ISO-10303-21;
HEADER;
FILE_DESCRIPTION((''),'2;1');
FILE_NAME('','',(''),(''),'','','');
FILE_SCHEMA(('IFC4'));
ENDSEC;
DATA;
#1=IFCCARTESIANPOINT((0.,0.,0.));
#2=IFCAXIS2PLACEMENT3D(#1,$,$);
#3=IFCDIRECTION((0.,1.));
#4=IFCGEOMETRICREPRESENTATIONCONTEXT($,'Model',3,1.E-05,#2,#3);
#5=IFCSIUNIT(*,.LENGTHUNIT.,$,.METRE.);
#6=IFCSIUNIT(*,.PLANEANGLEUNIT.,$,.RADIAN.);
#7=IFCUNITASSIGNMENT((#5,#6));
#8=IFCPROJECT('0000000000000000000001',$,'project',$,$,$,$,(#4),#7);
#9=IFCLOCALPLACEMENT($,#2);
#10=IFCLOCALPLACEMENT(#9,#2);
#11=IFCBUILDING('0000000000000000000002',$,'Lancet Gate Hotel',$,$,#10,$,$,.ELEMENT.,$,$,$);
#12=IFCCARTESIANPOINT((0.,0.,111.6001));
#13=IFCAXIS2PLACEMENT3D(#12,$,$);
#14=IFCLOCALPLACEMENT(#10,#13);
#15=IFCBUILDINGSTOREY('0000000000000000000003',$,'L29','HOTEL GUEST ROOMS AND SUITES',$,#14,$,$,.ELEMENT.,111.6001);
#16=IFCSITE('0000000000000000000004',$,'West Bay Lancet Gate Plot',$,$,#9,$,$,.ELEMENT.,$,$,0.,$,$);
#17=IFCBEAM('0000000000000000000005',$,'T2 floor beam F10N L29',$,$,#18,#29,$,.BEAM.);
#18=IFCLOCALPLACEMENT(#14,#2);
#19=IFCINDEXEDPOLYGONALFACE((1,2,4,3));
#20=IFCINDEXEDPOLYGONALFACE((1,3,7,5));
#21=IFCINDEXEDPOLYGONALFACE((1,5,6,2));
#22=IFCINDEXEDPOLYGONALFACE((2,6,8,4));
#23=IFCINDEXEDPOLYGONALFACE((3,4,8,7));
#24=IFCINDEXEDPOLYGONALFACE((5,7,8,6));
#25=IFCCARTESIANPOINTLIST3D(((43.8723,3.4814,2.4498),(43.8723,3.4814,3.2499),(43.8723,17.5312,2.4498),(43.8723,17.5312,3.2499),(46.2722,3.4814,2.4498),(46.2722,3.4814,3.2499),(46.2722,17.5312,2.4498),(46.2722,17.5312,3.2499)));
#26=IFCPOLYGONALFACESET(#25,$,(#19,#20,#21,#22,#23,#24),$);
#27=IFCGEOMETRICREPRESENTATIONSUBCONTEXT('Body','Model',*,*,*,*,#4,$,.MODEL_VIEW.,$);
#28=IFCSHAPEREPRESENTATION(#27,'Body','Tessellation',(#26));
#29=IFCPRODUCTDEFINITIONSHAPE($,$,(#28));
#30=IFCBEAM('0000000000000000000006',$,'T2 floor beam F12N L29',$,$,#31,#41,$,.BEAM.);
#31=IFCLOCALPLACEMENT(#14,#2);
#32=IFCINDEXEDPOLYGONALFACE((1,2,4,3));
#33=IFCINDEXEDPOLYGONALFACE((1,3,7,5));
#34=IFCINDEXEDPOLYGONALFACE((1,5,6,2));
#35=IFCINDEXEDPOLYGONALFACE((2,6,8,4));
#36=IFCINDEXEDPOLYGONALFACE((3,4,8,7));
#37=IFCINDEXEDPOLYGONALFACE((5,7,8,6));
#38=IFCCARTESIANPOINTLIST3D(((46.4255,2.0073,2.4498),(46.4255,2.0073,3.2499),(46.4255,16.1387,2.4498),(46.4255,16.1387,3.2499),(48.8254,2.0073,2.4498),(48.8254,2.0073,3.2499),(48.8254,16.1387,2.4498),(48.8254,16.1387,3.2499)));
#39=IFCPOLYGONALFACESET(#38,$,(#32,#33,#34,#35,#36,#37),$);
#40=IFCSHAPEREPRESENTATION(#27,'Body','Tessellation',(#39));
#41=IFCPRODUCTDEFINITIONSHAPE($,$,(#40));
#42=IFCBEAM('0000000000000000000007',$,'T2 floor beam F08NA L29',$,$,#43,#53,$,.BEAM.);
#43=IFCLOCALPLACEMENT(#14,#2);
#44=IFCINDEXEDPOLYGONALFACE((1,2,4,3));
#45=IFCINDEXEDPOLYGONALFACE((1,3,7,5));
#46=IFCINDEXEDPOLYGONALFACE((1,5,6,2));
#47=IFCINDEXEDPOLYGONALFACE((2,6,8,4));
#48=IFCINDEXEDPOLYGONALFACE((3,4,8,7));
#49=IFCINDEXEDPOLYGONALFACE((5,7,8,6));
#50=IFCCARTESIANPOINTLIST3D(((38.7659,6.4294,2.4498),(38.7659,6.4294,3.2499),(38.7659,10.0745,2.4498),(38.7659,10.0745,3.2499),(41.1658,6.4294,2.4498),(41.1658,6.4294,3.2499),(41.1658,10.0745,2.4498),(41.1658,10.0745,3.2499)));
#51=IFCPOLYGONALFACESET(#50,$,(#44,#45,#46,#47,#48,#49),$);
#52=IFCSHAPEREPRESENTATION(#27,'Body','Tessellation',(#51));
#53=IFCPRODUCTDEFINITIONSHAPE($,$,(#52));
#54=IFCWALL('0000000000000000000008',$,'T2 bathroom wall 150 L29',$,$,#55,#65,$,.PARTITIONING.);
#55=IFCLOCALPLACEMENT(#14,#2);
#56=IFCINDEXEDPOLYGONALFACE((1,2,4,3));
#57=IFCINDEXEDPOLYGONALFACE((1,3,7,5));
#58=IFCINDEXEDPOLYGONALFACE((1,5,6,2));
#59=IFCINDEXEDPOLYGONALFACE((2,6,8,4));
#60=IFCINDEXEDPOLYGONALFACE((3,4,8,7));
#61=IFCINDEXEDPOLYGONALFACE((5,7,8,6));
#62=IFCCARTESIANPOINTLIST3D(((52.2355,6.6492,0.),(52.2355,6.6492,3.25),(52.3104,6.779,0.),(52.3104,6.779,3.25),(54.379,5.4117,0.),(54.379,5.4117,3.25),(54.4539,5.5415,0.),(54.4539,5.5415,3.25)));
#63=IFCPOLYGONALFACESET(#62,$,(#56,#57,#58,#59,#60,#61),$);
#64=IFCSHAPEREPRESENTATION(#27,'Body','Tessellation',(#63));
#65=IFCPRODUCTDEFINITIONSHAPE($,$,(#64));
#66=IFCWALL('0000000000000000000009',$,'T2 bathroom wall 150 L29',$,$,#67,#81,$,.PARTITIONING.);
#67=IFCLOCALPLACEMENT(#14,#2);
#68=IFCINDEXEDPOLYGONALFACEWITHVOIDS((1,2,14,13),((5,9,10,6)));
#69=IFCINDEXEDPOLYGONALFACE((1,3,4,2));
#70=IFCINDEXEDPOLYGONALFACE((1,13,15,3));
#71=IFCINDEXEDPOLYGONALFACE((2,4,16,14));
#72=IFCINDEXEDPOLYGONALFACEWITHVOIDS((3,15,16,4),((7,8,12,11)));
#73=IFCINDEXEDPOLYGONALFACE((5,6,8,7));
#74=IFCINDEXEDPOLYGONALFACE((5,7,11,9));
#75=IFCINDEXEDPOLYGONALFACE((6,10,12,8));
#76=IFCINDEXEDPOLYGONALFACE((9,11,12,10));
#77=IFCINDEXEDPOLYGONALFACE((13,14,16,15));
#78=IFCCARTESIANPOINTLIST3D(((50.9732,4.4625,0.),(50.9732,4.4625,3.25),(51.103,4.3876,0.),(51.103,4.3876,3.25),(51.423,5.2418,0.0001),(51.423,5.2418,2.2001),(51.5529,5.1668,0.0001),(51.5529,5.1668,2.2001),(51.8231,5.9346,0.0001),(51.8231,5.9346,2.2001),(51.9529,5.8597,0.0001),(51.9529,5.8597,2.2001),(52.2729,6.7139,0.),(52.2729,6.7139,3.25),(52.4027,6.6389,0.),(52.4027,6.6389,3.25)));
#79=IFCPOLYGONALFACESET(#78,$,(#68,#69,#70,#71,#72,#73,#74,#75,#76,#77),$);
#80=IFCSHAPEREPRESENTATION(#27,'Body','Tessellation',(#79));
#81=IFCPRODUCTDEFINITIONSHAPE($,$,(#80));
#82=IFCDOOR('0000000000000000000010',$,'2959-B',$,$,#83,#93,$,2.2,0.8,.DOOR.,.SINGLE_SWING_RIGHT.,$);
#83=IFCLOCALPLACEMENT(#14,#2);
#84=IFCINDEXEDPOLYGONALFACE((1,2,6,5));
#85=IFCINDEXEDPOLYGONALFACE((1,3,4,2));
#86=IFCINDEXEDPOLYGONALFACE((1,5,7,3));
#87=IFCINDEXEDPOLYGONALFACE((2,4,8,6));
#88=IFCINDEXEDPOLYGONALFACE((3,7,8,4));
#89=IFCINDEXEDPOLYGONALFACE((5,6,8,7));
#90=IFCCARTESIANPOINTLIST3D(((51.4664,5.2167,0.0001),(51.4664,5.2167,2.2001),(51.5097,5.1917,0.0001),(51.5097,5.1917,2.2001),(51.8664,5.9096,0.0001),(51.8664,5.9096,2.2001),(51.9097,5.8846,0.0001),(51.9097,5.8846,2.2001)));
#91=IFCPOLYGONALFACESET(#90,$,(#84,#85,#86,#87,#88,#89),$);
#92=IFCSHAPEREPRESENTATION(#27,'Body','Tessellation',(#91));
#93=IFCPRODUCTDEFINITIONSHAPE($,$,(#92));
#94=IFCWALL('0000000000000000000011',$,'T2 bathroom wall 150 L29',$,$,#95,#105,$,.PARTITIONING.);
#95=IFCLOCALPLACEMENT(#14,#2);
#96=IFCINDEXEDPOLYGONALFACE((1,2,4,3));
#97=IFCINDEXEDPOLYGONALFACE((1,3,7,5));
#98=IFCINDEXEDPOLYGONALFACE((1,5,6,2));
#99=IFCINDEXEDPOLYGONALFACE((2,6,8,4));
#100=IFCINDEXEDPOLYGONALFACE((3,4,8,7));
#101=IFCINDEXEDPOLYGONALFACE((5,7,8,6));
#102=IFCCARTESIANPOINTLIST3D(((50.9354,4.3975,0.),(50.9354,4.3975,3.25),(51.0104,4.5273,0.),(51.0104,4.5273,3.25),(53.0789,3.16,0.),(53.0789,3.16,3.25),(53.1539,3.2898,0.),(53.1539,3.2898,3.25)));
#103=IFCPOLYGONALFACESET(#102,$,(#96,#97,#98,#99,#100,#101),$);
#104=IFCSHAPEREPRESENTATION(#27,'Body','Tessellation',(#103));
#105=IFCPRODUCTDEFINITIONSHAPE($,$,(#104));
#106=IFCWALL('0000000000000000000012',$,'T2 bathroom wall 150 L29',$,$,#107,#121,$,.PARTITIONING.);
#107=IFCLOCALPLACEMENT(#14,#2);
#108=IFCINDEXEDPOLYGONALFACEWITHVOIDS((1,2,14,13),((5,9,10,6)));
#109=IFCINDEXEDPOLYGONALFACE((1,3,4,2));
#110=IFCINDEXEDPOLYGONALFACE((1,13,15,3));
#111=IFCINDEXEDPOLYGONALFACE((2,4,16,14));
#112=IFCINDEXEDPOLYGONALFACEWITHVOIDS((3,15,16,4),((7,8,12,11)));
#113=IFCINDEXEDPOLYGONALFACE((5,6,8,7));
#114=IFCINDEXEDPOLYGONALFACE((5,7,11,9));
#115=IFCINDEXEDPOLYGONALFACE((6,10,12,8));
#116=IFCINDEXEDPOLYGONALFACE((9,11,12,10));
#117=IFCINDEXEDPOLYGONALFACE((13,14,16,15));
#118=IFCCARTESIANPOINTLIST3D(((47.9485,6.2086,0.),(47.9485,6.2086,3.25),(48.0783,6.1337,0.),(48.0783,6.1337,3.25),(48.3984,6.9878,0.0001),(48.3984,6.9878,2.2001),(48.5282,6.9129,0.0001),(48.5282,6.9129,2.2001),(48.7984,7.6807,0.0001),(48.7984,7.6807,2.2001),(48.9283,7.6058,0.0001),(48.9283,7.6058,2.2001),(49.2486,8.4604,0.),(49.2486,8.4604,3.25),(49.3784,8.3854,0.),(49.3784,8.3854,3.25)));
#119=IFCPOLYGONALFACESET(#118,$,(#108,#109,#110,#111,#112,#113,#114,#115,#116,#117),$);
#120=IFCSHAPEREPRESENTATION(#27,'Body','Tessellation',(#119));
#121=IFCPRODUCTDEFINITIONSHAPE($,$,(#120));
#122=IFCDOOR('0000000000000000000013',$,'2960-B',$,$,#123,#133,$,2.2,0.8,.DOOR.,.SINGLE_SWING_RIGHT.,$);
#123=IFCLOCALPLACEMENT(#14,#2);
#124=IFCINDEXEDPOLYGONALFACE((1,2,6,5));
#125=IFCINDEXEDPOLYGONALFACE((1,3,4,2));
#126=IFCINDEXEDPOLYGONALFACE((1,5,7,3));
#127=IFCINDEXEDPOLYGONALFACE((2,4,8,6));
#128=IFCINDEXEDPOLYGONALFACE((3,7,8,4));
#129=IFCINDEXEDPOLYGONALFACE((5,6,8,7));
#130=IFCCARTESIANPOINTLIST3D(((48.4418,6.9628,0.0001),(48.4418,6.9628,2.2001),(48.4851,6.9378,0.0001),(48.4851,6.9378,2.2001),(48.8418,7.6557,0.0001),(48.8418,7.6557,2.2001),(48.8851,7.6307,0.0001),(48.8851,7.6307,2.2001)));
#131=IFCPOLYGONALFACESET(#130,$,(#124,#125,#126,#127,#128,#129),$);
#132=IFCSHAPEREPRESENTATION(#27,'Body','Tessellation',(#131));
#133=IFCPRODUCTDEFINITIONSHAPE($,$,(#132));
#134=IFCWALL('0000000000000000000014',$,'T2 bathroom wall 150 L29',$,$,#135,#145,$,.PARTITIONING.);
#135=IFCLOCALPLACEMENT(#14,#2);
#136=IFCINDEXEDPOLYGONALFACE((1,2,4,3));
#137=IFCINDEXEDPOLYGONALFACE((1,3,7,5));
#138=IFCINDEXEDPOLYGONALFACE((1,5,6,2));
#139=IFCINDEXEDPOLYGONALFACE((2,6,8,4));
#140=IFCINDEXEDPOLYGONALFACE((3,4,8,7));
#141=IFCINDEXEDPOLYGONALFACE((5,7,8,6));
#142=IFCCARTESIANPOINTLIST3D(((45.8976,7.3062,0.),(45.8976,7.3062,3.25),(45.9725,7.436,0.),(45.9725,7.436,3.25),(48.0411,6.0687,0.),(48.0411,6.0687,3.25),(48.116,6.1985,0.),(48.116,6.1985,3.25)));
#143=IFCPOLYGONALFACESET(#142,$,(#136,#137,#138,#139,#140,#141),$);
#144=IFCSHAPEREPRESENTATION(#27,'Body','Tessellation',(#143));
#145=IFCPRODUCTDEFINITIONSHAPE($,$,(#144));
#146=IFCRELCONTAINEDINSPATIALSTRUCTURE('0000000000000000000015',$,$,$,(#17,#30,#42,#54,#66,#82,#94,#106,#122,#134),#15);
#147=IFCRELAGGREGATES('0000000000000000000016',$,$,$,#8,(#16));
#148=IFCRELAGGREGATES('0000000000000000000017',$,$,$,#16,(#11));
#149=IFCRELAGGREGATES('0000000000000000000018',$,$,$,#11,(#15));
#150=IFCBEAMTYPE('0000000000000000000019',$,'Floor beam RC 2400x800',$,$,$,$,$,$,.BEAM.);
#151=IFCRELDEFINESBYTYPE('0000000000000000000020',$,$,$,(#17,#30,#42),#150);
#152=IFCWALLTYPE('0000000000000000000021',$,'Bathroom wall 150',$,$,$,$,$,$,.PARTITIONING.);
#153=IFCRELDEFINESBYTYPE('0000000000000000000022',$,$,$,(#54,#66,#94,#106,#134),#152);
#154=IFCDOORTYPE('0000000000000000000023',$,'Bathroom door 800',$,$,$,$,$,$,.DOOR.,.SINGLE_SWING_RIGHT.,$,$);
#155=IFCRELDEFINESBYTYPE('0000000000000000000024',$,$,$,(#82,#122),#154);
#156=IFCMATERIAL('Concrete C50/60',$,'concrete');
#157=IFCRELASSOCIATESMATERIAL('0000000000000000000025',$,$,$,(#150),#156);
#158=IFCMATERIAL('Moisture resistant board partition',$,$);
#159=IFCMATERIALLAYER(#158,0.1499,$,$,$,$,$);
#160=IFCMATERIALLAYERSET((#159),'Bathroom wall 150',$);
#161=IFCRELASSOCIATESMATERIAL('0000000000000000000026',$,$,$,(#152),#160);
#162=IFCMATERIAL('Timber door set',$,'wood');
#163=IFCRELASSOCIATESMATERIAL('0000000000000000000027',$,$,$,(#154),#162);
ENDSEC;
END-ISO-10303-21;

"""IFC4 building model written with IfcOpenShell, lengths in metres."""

from ifc_helpers import new_model, si_unit, direction, frame, frame_2d, origin, origin_2d, place, context, subcontext, project, spatial, rectangle, extrude, material, layer, layer_set, material_profile, profile_set, type_object, element, fill, save


model = new_model("IFC4")

# Units and contexts
model_context = context("Model", 3, precision=1e-05, world=origin(), true_north=direction((0.0, 1.0)))
body_context = subcontext(model_context, "Body", "Model", "MODEL_VIEW")
ifc_project = project(units=[si_unit("LENGTHUNIT", "METRE"), si_unit("PLANEANGLEUNIT", "RADIAN")], contexts=[model_context])

# Site, building, storey
site_placement = place(None, origin())
site = spatial("IfcSite", under=ifc_project, at=site_placement, Name="West Bay Lancet Gate Plot", CompositionType="ELEMENT", RefElevation=0.0)
building_placement = place(site_placement, origin())
building = spatial("IfcBuilding", under=site, at=building_placement, Name="Lancet Gate Hotel", CompositionType="ELEMENT")
storey_placement = place(building_placement, frame((0.0, 0.0, 111.6001)))
storey = spatial("IfcBuildingStorey", under=building, at=storey_placement, Name="L29", Description="HOTEL GUEST ROOMS AND SUITES", CompositionType="ELEMENT", Elevation=111.6001)

# Beams
ifc_material_1 = material(Name="Concrete C50/60", Category="concrete")
ifc_material_profile = material_profile(ifc_material_1, rectangle(XDim=2.3999, YDim=0.8, at=origin_2d()), Name="RC 2400x800")
ifc_profile_set = profile_set([ifc_material_profile], Name="Concrete C50/60")
beam_type = type_object("IfcBeamType", Name="Floor beam RC 2400x800", PredefinedType="BEAM", material=ifc_profile_set)
beam_1_placement = place(storey_placement, frame((45.0723, 3.4814, 2.8499), z_axis=(0.0, 1.0, 0.0), x_axis=(-1.0, 0.0, 0.0)))
element("IfcBeam", 1, at=beam_1_placement, inside=storey, type_object=beam_type, Name="T2 floor beam F10N L29", PredefinedType="BEAM", context=body_context, shape_type="SweptSolid", body=[
    extrude(rectangle(XDim=2.3999, YDim=0.8, at=origin_2d()), origin(), (0.0, 0.0, 1.0), 14.0498),
])
beam_2_placement = place(storey_placement, frame((47.6255, 2.0073, 2.8499), z_axis=(0.0, 1.0, 0.0), x_axis=(-1.0, 0.0, 0.0)))
element("IfcBeam", 2, at=beam_2_placement, inside=storey, type_object=beam_type, Name="T2 floor beam F12N L29", PredefinedType="BEAM", context=body_context, shape_type="SweptSolid", body=[
    extrude(rectangle(XDim=2.3999, YDim=0.8, at=origin_2d()), origin(), (0.0, 0.0, 1.0), 14.1313),
])
beam_3_placement = place(storey_placement, frame((39.9658, 6.4294, 2.8499), z_axis=(0.0, 1.0, 0.0), x_axis=(-1.0, 0.0, 0.0)))
element("IfcBeam", 3, at=beam_3_placement, inside=storey, type_object=beam_type, Name="T2 floor beam F08NA L29", PredefinedType="BEAM", context=body_context, shape_type="SweptSolid", body=[
    extrude(rectangle(XDim=2.3999, YDim=0.8, at=origin_2d()), origin(), (0.0, 0.0, 1.0), 3.645),
])

# Wall
ifc_material_2 = material(Name="Moisture resistant board partition")
ifc_layer_1 = layer(ifc_material_2, 0.1499)
ifc_layer_set_1 = layer_set([ifc_layer_1], Name="Bathroom wall 150")
wall_type_1 = type_object("IfcWallType", Name="Bathroom wall 150", PredefinedType="PARTITIONING", material=ifc_layer_set_1)
wall_1_placement = place(storey_placement, frame((52.2729, 6.7141, 0.0), z_axis=(0.0, 0.0, 1.0), x_axis=(0.866031, -0.49999, 0.0)))
element("IfcWall", 4, at=wall_1_placement, inside=storey, type_object=wall_type_1, Name="T2 bathroom wall 150 L29", PredefinedType="PARTITIONING", context=body_context, shape_type="SweptSolid", body=[
    extrude(rectangle(XDim=2.4751, YDim=0.1499, at=frame_2d((1.2375, 0.0))), origin(), (0.0, 0.0, 1.0), 3.25),
])

# Wall, opening, door
wall_2_placement = place(storey_placement, frame((51.0381, 4.425, 0.0), z_axis=(0.0, 0.0, 1.0), x_axis=(0.499977, 0.866039, 0.0)))
wall_2 = element("IfcWall", 5, at=wall_2_placement, inside=storey, type_object=wall_type_1, Name="T2 bathroom wall 150 L29", PredefinedType="PARTITIONING", context=body_context, shape_type="SweptSolid", body=[
    extrude(rectangle(XDim=2.5996, YDim=0.1499, at=frame_2d((1.2998, 0.0))), origin(), (0.0, 0.0, 1.0), 3.25),
])
opening_1_placement = place(wall_2_placement, frame((0.8999, 0.0, 0.0)))
opening_1 = element("IfcOpeningElement", 6, at=opening_1_placement, cuts=wall_2, PredefinedType="OPENING", context=body_context, shape_type="SweptSolid", body=[
    extrude(rectangle(XDim=0.8, YDim=2.2, at=frame_2d((0.3999, 1.1001))), frame((0.0, 0.085, 0.0), z_axis=(0.0, -1.0, 0.0), x_axis=(1.0, 0.0, 0.0)), (0.0, 0.0, 1.0), 0.1699),
])
ifc_material_3 = material(Name="Timber door set", Category="wood")
door_type_1 = type_object("IfcDoorType", Name="Bathroom door 800", OperationType="SINGLE_SWING_RIGHT", PredefinedType="DOOR", material=ifc_material_3)
door_1_placement = place(opening_1_placement, origin())
door_1 = element("IfcDoor", 7, at=door_1_placement, inside=storey, type_object=door_type_1, Name="2959-B", OperationType="SINGLE_SWING_RIGHT", OverallHeight=2.2, OverallWidth=0.8, PredefinedType="DOOR", context=body_context, shape_type="SweptSolid", body=[
    extrude(rectangle(XDim=0.8, YDim=2.2, at=frame_2d((0.3999, 1.1001))), frame((0.0, 0.0249, 0.0), z_axis=(0.0, -1.0, 0.0), x_axis=(1.0, 0.0, 0.0)), (0.0, 0.0, 1.0), 0.05),
])
fill(opening_1, door_1)

# Wall
wall_3_placement = place(storey_placement, frame((50.9729, 4.4624, 0.0), z_axis=(0.0, 0.0, 1.0), x_axis=(0.866031, -0.49999, 0.0)))
element("IfcWall", 8, at=wall_3_placement, inside=storey, type_object=wall_type_1, Name="T2 bathroom wall 150 L29", PredefinedType="PARTITIONING", context=body_context, shape_type="SweptSolid", body=[
    extrude(rectangle(XDim=2.4751, YDim=0.1499, at=frame_2d((1.2375, 0.0))), origin(), (0.0, 0.0, 1.0), 3.25),
])

# Wall, opening, door
wall_4_placement = place(storey_placement, frame((48.0134, 6.1711, 0.0), z_axis=(0.0, 0.0, 1.0), x_axis=(0.500007, 0.866021, 0.0)))
wall_4 = element("IfcWall", 9, at=wall_4_placement, inside=storey, type_object=wall_type_1, Name="T2 bathroom wall 150 L29", PredefinedType="PARTITIONING", context=body_context, shape_type="SweptSolid", body=[
    extrude(rectangle(XDim=2.6001, YDim=0.1499, at=frame_2d((1.3, 0.0))), origin(), (0.0, 0.0, 1.0), 3.25),
])
opening_2_placement = place(wall_4_placement, frame((0.8999, 0.0, 0.0)))
opening_2 = element("IfcOpeningElement", 10, at=opening_2_placement, cuts=wall_4, PredefinedType="OPENING", context=body_context, shape_type="SweptSolid", body=[
    extrude(rectangle(XDim=0.8, YDim=2.2, at=frame_2d((0.3999, 1.1001))), frame((0.0, 0.085, 0.0), z_axis=(0.0, -1.0, 0.0), x_axis=(1.0, 0.0, 0.0)), (0.0, 0.0, 1.0), 0.1699),
])
door_2_placement = place(opening_2_placement, origin())
door_2 = element("IfcDoor", 11, at=door_2_placement, inside=storey, type_object=door_type_1, Name="2960-B", OperationType="SINGLE_SWING_RIGHT", OverallHeight=2.2, OverallWidth=0.8, PredefinedType="DOOR", context=body_context, shape_type="SweptSolid", body=[
    extrude(rectangle(XDim=0.8, YDim=2.2, at=frame_2d((0.3999, 1.1001))), frame((0.0, 0.0249, 0.0), z_axis=(0.0, -1.0, 0.0), x_axis=(1.0, 0.0, 0.0)), (0.0, 0.0, 1.0), 0.05),
])
fill(opening_2, door_2)

# Wall
wall_5_placement = place(storey_placement, frame((45.9351, 7.3711, 0.0), z_axis=(0.0, 0.0, 1.0), x_axis=(0.866031, -0.49999, 0.0)))
element("IfcWall", 12, at=wall_5_placement, inside=storey, type_object=wall_type_1, Name="T2 bathroom wall 150 L29", PredefinedType="PARTITIONING", context=body_context, shape_type="SweptSolid", body=[
    extrude(rectangle(XDim=2.4751, YDim=0.1499, at=frame_2d((1.2375, 0.0))), origin(), (0.0, 0.0, 1.0), 3.25),
])

save(model, "model.ifc")
